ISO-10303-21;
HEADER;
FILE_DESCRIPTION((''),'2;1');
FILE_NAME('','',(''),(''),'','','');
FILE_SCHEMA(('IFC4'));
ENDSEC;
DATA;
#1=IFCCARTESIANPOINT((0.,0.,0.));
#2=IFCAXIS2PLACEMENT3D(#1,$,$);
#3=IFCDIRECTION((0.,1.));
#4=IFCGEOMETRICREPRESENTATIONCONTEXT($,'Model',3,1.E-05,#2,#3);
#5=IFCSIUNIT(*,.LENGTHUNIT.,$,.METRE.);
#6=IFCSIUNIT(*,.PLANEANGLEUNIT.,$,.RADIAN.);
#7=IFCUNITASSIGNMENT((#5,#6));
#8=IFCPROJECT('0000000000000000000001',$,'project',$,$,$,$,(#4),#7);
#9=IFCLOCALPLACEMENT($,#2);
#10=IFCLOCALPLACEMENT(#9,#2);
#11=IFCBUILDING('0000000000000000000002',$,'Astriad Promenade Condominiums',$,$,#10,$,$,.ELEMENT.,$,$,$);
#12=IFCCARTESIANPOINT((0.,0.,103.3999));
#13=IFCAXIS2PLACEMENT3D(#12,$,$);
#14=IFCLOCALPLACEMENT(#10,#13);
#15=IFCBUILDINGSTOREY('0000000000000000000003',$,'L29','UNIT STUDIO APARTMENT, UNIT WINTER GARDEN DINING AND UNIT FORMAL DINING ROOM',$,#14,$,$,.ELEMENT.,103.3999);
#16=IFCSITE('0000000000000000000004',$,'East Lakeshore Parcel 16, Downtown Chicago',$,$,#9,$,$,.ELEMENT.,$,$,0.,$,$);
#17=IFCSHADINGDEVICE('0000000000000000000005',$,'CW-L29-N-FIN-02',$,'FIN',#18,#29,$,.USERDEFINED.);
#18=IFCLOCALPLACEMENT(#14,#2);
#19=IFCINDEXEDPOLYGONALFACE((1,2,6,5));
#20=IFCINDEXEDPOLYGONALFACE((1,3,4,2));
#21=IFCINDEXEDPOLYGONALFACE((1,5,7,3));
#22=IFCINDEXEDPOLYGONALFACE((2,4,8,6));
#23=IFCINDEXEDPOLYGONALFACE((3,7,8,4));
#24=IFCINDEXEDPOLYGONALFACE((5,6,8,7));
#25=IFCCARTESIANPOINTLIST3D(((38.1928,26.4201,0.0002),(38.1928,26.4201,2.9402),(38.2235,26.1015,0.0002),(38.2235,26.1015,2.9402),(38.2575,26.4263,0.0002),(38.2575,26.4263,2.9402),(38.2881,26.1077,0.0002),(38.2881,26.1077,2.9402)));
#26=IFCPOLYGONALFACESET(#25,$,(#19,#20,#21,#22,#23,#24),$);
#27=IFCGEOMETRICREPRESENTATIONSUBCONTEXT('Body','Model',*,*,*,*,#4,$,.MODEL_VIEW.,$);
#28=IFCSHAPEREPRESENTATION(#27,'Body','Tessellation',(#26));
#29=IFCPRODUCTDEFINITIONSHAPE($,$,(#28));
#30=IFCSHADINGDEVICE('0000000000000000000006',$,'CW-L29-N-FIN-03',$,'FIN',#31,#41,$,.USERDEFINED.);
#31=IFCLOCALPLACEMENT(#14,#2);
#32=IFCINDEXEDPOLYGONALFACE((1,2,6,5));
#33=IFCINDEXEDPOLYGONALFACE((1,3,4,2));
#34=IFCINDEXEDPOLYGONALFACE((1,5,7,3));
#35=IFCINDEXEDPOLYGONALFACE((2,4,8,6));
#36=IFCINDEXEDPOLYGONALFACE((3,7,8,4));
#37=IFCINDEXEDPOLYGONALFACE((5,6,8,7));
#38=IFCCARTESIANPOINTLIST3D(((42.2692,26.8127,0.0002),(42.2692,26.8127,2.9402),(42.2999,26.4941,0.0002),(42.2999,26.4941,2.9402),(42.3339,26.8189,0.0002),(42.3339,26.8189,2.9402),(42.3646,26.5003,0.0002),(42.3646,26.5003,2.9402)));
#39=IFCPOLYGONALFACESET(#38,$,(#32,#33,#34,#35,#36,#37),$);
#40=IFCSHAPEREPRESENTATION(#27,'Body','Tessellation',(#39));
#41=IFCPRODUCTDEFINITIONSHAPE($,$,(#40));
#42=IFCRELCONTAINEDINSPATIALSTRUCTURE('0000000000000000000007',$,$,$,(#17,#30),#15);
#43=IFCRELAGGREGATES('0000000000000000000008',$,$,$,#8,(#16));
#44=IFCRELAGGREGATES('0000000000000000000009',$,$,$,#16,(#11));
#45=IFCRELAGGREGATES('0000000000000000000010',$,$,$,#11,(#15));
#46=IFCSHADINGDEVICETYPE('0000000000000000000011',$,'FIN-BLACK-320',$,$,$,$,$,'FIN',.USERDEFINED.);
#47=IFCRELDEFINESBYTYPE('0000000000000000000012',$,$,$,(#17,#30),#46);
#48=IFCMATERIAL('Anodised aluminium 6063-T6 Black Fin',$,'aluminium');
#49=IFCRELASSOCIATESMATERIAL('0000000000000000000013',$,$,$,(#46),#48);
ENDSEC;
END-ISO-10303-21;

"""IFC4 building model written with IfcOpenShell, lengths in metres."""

from ifc_helpers import new_model, si_unit, direction, frame, origin, origin_2d, place, context, subcontext, project, spatial, rectangle, extrude, source, transform, mapped, material, type_object, type_shapes, element, save


model = new_model("IFC4")

# Units and contexts
model_context = context("Model", 3, precision=1e-05, world=origin(), true_north=direction((0.0, 1.0)))
body_context = subcontext(model_context, "Body", "Model", "MODEL_VIEW")
ifc_project = project(units=[si_unit("LENGTHUNIT", "METRE"), si_unit("PLANEANGLEUNIT", "RADIAN")], contexts=[model_context])

# Site, building, storey
site_placement = place(None, origin())
site = spatial("IfcSite", under=ifc_project, at=site_placement, Name="East Lakeshore Parcel 16, Downtown Chicago", CompositionType="ELEMENT", RefElevation=0.0)
building_placement = place(site_placement, origin())
building = spatial("IfcBuilding", under=site, at=building_placement, Name="Astriad Promenade Condominiums", CompositionType="ELEMENT")
storey_placement = place(building_placement, frame((0.0, 0.0, 103.3999)))
storey = spatial("IfcBuildingStorey", under=building, at=storey_placement, Name="L29", Description="UNIT STUDIO APARTMENT, UNIT WINTER GARDEN DINING AND UNIT FORMAL DINING ROOM", CompositionType="ELEMENT", Elevation=103.3999)

# Shading devices
ifc_material_1 = material(Name="Anodised aluminium 6063-T6 Black Fin", Category="aluminium")
shading_device_type = type_object("IfcShadingDeviceType", Name="FIN-BLACK-320", ElementType="FIN", PredefinedType="USERDEFINED", material=ifc_material_1)
shared_shape_1 = source(origin(), body_context, "Body", "SweptSolid", [
    extrude(rectangle(XDim=0.0649, YDim=0.3201, at=origin_2d()), origin(), (0.0, 0.0, 1.0), 2.9399),
])
type_shapes(shading_device_type, [shared_shape_1])
for number, where, z_axis, x_axis, name in (
    (1, (38.2405, 26.2639, 0.0002), (0.0, 0.0, 1.0), (0.995396, 0.095846, 0.0), "CW-L29-N-FIN-02"),
    (2, (42.3169, 26.6565, 0.0002), (0.0, 0.0, 1.0), (0.995396, 0.095846, 0.0), "CW-L29-N-FIN-03"),
):
    element("IfcShadingDevice", number, at=place(storey_placement, frame(where, z_axis=z_axis, x_axis=x_axis)), inside=storey, type_object=shading_device_type, Name=name, ObjectType="FIN", PredefinedType="USERDEFINED", context=body_context, shape_type="MappedRepresentation", body=[
        mapped(shared_shape_1, transform((0.0, 0.0, 0.0), scale=1.0)),
    ])

save(model, "model.ifc")
